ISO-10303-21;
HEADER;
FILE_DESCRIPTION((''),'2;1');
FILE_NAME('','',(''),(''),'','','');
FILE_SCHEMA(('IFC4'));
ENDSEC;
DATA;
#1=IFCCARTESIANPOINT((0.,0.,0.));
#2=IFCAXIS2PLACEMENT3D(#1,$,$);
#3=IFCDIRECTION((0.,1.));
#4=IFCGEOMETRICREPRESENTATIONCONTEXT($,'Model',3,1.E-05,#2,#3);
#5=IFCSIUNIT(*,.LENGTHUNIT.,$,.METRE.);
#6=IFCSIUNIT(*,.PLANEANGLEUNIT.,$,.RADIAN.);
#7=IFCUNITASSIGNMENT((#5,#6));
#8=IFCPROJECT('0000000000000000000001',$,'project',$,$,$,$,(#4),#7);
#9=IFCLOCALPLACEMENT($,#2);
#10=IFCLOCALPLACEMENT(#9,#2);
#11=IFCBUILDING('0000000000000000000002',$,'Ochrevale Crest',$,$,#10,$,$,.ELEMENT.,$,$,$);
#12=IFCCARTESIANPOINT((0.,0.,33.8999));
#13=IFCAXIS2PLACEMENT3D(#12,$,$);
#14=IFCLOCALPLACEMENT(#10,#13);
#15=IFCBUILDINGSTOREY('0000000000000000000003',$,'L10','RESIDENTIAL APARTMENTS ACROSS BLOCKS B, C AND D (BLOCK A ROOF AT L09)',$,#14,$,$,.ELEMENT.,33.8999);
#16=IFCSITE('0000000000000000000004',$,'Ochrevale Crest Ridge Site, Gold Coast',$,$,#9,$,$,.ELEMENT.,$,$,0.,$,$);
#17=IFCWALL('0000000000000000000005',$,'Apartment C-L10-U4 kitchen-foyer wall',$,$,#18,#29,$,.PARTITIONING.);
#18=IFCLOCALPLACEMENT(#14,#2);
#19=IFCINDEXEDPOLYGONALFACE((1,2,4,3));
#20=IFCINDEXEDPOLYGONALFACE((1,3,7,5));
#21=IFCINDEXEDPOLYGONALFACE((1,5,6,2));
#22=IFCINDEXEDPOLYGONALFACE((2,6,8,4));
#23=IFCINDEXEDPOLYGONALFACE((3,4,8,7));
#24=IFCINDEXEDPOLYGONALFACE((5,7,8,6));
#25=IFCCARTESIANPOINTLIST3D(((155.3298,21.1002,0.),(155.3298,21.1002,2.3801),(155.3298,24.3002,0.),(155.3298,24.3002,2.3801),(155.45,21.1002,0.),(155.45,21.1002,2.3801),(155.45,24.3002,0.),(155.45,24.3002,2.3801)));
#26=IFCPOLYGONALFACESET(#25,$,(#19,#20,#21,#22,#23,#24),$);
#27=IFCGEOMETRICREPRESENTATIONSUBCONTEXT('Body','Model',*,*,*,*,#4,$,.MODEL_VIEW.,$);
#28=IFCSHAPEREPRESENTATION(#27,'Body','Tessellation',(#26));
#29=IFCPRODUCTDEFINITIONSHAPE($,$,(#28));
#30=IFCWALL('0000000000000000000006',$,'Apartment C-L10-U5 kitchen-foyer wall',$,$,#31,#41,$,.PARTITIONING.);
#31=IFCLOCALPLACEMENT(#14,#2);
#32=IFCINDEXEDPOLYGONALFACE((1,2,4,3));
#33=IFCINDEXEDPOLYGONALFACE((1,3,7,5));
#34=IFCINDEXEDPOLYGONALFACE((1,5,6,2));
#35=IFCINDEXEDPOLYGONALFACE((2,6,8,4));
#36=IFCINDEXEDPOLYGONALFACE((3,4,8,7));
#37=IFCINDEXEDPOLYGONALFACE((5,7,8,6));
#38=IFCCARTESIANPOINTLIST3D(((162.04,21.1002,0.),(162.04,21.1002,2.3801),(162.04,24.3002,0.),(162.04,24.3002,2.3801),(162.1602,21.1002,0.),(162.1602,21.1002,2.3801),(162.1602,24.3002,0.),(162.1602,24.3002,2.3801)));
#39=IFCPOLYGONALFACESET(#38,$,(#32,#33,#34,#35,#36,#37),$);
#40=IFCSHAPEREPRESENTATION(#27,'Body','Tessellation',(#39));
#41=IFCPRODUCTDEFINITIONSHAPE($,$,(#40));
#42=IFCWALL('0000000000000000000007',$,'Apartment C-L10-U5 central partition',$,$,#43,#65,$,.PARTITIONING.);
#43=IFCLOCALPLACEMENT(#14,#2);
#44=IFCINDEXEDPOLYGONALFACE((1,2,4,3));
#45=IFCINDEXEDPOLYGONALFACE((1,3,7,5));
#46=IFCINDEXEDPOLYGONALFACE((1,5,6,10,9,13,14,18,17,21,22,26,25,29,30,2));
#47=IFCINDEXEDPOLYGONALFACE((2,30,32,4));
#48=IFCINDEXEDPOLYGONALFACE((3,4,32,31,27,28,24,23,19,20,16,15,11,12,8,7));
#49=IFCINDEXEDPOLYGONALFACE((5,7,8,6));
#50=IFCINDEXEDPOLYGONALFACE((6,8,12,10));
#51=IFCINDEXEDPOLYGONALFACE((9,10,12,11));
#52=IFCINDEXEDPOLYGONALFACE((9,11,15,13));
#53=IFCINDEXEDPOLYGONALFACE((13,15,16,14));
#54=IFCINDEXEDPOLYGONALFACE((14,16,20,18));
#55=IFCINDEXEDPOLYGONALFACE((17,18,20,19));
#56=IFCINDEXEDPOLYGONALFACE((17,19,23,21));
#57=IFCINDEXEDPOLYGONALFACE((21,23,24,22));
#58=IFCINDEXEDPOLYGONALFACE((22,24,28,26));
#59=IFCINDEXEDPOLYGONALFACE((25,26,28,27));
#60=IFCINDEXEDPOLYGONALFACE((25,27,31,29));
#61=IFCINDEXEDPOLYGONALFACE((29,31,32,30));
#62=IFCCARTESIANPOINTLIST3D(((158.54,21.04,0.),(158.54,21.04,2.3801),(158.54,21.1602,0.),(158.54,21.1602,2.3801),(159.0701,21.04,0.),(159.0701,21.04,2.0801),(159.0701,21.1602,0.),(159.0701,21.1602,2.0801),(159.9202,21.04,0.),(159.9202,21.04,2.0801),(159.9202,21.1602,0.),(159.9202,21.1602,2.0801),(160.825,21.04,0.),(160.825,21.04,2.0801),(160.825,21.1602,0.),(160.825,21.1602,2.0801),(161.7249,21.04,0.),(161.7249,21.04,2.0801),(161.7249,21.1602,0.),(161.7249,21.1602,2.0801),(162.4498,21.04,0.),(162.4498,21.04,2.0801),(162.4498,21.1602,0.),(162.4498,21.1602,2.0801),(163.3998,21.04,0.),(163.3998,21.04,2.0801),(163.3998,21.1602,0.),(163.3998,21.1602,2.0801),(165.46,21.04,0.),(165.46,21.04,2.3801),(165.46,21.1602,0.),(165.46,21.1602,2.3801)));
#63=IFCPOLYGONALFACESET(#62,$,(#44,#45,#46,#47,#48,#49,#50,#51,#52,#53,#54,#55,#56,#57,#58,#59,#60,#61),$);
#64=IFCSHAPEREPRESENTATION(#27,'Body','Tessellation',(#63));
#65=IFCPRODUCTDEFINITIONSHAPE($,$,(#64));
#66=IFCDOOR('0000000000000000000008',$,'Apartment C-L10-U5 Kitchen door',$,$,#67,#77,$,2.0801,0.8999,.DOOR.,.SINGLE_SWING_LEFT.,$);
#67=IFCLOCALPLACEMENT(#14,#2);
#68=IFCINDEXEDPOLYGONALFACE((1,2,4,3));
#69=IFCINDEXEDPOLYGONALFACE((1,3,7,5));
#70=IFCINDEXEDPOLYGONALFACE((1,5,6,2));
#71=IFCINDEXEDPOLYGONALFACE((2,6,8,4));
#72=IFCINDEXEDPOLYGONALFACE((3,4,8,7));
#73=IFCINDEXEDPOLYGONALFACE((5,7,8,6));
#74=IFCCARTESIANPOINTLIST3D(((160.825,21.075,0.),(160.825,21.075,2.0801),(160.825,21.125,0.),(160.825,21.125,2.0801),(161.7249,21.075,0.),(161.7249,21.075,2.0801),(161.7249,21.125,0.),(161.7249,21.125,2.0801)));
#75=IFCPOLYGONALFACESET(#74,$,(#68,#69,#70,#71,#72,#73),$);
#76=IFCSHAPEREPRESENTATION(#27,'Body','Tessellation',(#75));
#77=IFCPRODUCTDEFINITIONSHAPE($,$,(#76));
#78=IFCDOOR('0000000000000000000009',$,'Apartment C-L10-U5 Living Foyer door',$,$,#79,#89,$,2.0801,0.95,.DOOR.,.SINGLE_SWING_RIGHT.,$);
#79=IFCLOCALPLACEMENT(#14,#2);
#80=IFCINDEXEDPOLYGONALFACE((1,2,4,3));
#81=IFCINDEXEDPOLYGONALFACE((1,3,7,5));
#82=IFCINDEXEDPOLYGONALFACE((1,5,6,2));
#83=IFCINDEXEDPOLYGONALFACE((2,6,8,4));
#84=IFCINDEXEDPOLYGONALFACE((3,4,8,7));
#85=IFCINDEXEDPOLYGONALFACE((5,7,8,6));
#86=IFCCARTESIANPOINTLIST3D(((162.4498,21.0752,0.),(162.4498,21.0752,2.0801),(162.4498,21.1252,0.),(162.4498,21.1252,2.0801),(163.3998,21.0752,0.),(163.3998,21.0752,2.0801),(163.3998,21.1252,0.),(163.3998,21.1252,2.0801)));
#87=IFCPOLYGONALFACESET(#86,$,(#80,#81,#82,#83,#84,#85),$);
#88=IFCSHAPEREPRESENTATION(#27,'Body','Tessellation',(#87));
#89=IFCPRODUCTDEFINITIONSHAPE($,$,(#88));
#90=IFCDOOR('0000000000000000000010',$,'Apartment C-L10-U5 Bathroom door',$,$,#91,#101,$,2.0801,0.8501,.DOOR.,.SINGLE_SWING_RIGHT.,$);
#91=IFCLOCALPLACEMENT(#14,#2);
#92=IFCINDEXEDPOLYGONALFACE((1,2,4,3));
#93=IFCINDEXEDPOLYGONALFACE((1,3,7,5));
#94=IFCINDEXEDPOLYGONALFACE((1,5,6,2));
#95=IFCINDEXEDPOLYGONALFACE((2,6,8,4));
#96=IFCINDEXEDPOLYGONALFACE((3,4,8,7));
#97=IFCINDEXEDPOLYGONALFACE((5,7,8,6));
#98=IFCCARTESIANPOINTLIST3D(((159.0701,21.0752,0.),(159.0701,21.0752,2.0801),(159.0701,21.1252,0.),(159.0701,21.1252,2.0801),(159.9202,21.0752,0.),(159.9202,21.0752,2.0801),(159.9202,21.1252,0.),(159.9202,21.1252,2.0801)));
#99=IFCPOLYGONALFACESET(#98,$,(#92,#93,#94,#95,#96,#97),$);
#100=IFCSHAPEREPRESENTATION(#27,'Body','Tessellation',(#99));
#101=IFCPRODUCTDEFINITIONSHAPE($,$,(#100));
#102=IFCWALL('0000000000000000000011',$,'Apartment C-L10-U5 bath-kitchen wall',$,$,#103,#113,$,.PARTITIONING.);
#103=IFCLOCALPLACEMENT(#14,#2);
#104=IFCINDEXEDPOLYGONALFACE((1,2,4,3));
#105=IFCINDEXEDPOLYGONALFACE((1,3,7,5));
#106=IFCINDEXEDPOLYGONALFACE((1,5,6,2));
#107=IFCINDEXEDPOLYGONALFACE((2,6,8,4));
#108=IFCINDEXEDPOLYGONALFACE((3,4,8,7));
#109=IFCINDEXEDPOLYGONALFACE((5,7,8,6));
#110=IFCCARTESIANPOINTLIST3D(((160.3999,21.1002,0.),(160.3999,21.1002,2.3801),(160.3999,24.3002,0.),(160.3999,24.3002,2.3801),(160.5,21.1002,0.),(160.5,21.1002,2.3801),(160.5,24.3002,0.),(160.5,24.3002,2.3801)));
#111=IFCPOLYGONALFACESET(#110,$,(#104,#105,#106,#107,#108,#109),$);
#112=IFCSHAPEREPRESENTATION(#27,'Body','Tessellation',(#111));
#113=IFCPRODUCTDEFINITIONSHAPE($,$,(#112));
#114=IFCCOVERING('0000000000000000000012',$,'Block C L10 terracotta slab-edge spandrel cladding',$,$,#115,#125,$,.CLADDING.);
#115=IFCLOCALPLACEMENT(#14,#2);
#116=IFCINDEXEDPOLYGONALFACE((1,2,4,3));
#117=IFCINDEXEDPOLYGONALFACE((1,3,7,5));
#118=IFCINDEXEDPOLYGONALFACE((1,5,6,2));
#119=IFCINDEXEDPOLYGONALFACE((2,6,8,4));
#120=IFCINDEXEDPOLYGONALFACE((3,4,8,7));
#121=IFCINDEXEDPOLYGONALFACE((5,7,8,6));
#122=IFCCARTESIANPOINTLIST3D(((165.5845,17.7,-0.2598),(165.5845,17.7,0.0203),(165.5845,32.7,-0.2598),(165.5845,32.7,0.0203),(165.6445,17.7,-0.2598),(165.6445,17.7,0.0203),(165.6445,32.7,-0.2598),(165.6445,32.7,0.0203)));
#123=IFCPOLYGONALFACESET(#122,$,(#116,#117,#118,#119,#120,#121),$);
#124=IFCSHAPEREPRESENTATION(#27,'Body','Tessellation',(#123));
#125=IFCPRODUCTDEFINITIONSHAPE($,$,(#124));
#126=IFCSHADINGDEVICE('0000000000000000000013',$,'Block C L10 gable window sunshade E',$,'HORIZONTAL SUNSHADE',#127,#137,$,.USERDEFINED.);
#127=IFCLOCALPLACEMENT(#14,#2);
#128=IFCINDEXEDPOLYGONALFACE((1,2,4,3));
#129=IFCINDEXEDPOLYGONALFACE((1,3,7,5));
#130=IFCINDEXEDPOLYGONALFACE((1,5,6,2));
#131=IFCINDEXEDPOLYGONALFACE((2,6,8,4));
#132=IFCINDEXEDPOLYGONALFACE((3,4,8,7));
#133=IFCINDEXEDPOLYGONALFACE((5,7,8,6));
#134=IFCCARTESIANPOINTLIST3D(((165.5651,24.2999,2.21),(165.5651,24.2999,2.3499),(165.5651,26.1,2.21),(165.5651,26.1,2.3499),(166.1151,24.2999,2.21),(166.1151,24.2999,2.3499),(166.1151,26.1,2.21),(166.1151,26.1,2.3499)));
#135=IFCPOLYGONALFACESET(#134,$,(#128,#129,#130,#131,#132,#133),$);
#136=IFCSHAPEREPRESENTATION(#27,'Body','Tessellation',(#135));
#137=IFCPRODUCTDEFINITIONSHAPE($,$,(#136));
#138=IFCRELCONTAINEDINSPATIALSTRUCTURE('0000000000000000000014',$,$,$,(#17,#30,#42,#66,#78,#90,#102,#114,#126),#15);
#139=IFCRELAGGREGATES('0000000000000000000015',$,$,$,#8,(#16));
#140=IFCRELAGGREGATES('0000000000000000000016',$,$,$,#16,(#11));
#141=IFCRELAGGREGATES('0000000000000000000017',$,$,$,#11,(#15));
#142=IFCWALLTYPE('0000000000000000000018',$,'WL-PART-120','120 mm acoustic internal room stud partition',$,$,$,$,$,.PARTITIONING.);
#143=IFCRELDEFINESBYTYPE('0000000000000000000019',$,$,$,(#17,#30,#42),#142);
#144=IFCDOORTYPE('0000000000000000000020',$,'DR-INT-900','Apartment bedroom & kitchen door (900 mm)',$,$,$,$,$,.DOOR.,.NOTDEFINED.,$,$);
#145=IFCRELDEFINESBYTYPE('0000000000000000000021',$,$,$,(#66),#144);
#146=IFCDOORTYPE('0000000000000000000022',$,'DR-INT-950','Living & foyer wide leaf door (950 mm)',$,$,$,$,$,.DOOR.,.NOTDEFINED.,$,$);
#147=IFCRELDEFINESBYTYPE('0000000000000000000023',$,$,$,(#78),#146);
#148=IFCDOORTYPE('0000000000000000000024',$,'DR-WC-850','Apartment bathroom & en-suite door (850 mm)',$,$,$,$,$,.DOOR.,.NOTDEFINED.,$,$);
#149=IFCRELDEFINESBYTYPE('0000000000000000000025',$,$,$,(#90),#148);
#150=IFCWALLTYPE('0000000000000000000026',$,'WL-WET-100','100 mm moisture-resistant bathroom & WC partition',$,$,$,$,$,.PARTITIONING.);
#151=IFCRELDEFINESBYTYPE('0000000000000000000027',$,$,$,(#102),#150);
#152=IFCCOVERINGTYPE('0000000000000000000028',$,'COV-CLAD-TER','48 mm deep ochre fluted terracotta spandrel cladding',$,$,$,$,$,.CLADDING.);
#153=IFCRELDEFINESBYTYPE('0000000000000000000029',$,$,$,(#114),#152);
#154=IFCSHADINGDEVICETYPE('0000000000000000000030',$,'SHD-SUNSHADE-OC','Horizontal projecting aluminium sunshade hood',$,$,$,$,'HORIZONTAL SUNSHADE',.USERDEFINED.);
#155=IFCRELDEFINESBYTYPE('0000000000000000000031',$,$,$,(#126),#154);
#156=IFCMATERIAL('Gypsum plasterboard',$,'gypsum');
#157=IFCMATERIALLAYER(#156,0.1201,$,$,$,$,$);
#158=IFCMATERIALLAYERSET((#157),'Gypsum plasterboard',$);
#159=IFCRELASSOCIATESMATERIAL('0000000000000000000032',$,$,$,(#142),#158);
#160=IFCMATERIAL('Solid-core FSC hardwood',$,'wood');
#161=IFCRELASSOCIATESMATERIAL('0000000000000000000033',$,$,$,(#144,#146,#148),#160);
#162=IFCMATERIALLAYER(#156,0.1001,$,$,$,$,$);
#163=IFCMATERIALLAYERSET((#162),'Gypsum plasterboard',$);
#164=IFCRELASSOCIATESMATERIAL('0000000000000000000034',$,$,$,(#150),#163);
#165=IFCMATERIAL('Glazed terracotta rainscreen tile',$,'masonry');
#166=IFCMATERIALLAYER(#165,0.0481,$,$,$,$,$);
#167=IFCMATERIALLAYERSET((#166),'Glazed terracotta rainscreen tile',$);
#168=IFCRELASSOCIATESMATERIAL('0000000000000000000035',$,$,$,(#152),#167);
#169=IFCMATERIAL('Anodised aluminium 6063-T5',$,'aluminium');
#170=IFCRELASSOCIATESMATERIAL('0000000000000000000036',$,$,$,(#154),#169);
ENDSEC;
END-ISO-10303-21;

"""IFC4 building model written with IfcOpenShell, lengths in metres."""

from ifc_helpers import new_model, si_unit, direction, frame, frame_2d, origin, origin_2d, place, context, subcontext, project, spatial, rectangle, extrude, material, layer, layer_set, type_object, element, fill, save


model = new_model("IFC4")

# Units and contexts
model_context = context("Model", 3, precision=1e-05, world=origin(), true_north=direction((0.0, 1.0)))
body_context = subcontext(model_context, "Body", "Model", "MODEL_VIEW")
ifc_project = project(units=[si_unit("LENGTHUNIT", "METRE"), si_unit("PLANEANGLEUNIT", "RADIAN")], contexts=[model_context])

# Site, building, storey
site_placement = place(None, origin())
site = spatial("IfcSite", under=ifc_project, at=site_placement, Name="Ochrevale Crest Ridge Site, Gold Coast", CompositionType="ELEMENT", RefElevation=0.0)
building_placement = place(site_placement, origin())
building = spatial("IfcBuilding", under=site, at=building_placement, Name="Ochrevale Crest", CompositionType="ELEMENT")
storey_placement = place(building_placement, frame((0.0, 0.0, 33.8999)))
storey = spatial("IfcBuildingStorey", under=building, at=storey_placement, Name="L10", Description="RESIDENTIAL APARTMENTS ACROSS BLOCKS B, C AND D (BLOCK A ROOF AT L09)", CompositionType="ELEMENT", Elevation=33.8999)

# Shared definitions
ifc_material_1 = material(Name="Anodised aluminium 6063-T5", Category="aluminium")

# Shared definitions
ifc_material_2 = material(Name="Gypsum plasterboard", Category="gypsum")
ifc_material_3 = material(Name="Solid-core FSC hardwood", Category="wood")

# Walls
ifc_layer_1 = layer(ifc_material_2, 0.1201)
ifc_layer_set_1 = layer_set([ifc_layer_1], Name="Gypsum plasterboard")
wall_type_1 = type_object("IfcWallType", Name="WL-PART-120", Description="120 mm acoustic internal room stud partition", PredefinedType="PARTITIONING", material=ifc_layer_set_1)
for number, where, z_axis, x_axis, name in (
    (1, (155.3899, 21.1001, 0.0), (0.0, 0.0, 1.0), (0.0, 1.0, 0.0), "Apartment C-L10-U4 kitchen-foyer wall"),
    (2, (162.1001, 21.1001, 0.0), (0.0, 0.0, 1.0), (0.0, 1.0, 0.0), "Apartment C-L10-U5 kitchen-foyer wall"),
):
    element("IfcWall", number, at=place(storey_placement, frame(where, z_axis=z_axis, x_axis=x_axis)), inside=storey, type_object=wall_type_1, Name=name, PredefinedType="PARTITIONING", context=body_context, shape_type="SweptSolid", body=[
        extrude(rectangle(XDim=3.2, YDim=0.1201, at=frame_2d((1.6001, 0.0))), origin(), (0.0, 0.0, 1.0), 2.3801),
    ])

# Wall, openings, doors
wall_1_placement = place(storey_placement, frame((158.54, 21.1001, 0.0), z_axis=(0.0, 0.0, 1.0), x_axis=(1.0, 0.0, 0.0)))
wall_1 = element("IfcWall", 3, at=wall_1_placement, inside=storey, type_object=wall_type_1, Name="Apartment C-L10-U5 central partition", PredefinedType="PARTITIONING", context=body_context, shape_type="SweptSolid", body=[
    extrude(rectangle(XDim=6.9199, YDim=0.1201, at=frame_2d((3.46, 0.0))), origin(), (0.0, 0.0, 1.0), 2.3801),
])
opening_1_placement = place(wall_1_placement, frame((1.3801, 0.0, 0.0), z_axis=(0.0, 0.0, 1.0), x_axis=(-1.0, 0.0, 0.0)))
opening_1 = element("IfcOpeningElement", 4, at=opening_1_placement, cuts=wall_1, PredefinedType="OPENING", context=body_context, shape_type="SweptSolid", body=[
    extrude(rectangle(XDim=0.8501, YDim=2.0801, at=frame_2d((0.425, 1.04))), frame((0.0, 0.0701, 0.0), z_axis=(0.0, -1.0, 0.0), x_axis=(1.0, 0.0, 0.0)), (0.0, 0.0, 1.0), 0.1401),
])
opening_2_placement = place(wall_1_placement, frame((2.2849, 0.0, 0.0)))
opening_2 = element("IfcOpeningElement", 5, at=opening_2_placement, cuts=wall_1, PredefinedType="OPENING", context=body_context, shape_type="SweptSolid", body=[
    extrude(rectangle(XDim=0.8999, YDim=2.0801, at=frame_2d((0.45, 1.04))), frame((0.0, 0.0701, 0.0), z_axis=(0.0, -1.0, 0.0), x_axis=(1.0, 0.0, 0.0)), (0.0, 0.0, 1.0), 0.1401),
])
opening_3_placement = place(wall_1_placement, frame((4.8599, 0.0, 0.0), z_axis=(0.0, 0.0, 1.0), x_axis=(-1.0, 0.0, 0.0)))
opening_3 = element("IfcOpeningElement", 6, at=opening_3_placement, cuts=wall_1, PredefinedType="OPENING", context=body_context, shape_type="SweptSolid", body=[
    extrude(rectangle(XDim=0.95, YDim=2.0801, at=frame_2d((0.4751, 1.04))), frame((0.0, 0.0701, 0.0), z_axis=(0.0, -1.0, 0.0), x_axis=(1.0, 0.0, 0.0)), (0.0, 0.0, 1.0), 0.1401),
])
door_type_1 = type_object("IfcDoorType", Name="DR-INT-900", Description="Apartment bedroom & kitchen door (900 mm)", OperationType="NOTDEFINED", PredefinedType="DOOR", material=ifc_material_3)
door_1_placement = place(opening_2_placement, origin())
door_1 = element("IfcDoor", 7, at=door_1_placement, inside=storey, type_object=door_type_1, Name="Apartment C-L10-U5 Kitchen door", OperationType="SINGLE_SWING_LEFT", OverallHeight=2.0801, OverallWidth=0.8999, PredefinedType="DOOR", context=body_context, shape_type="SweptSolid", body=[
    extrude(rectangle(XDim=0.8999, YDim=2.0801, at=frame_2d((0.45, 1.04))), frame((0.0, 0.0249, 0.0), z_axis=(0.0, -1.0, 0.0), x_axis=(1.0, 0.0, 0.0)), (0.0, 0.0, 1.0), 0.05),
])
fill(opening_2, door_1)
door_type_2 = type_object("IfcDoorType", Name="DR-INT-950", Description="Living & foyer wide leaf door (950 mm)", OperationType="NOTDEFINED", PredefinedType="DOOR", material=ifc_material_3)
door_2_placement = place(opening_3_placement, origin())
door_2 = element("IfcDoor", 8, at=door_2_placement, inside=storey, type_object=door_type_2, Name="Apartment C-L10-U5 Living Foyer door", OperationType="SINGLE_SWING_RIGHT", OverallHeight=2.0801, OverallWidth=0.95, PredefinedType="DOOR", context=body_context, shape_type="SweptSolid", body=[
    extrude(rectangle(XDim=0.95, YDim=2.0801, at=frame_2d((0.4751, 1.04))), frame((0.0, 0.0249, 0.0), z_axis=(0.0, -1.0, 0.0), x_axis=(1.0, 0.0, 0.0)), (0.0, 0.0, 1.0), 0.05),
])
fill(opening_3, door_2)
door_type_3 = type_object("IfcDoorType", Name="DR-WC-850", Description="Apartment bathroom & en-suite door (850 mm)", OperationType="NOTDEFINED", PredefinedType="DOOR", material=ifc_material_3)
door_3_placement = place(opening_1_placement, origin())
door_3 = element("IfcDoor", 9, at=door_3_placement, inside=storey, type_object=door_type_3, Name="Apartment C-L10-U5 Bathroom door", OperationType="SINGLE_SWING_RIGHT", OverallHeight=2.0801, OverallWidth=0.8501, PredefinedType="DOOR", context=body_context, shape_type="SweptSolid", body=[
    extrude(rectangle(XDim=0.8501, YDim=2.0801, at=frame_2d((0.425, 1.04))), frame((0.0, 0.0249, 0.0), z_axis=(0.0, -1.0, 0.0), x_axis=(1.0, 0.0, 0.0)), (0.0, 0.0, 1.0), 0.05),
])
fill(opening_1, door_3)

# Wall
ifc_layer_2 = layer(ifc_material_2, 0.1001)
ifc_layer_set_2 = layer_set([ifc_layer_2], Name="Gypsum plasterboard")
wall_type_2 = type_object("IfcWallType", Name="WL-WET-100", Description="100 mm moisture-resistant bathroom & WC partition", PredefinedType="PARTITIONING", material=ifc_layer_set_2)
wall_2_placement = place(storey_placement, frame((160.45, 21.1001, 0.0), z_axis=(0.0, 0.0, 1.0), x_axis=(0.0, 1.0, 0.0)))
element("IfcWall", 10, at=wall_2_placement, inside=storey, type_object=wall_type_2, Name="Apartment C-L10-U5 bath-kitchen wall", PredefinedType="PARTITIONING", context=body_context, shape_type="SweptSolid", body=[
    extrude(rectangle(XDim=3.2, YDim=0.1001, at=frame_2d((1.6001, 0.0))), origin(), (0.0, 0.0, 1.0), 2.3801),
])

# Covering
ifc_material_4 = material(Name="Glazed terracotta rainscreen tile", Category="masonry")
ifc_layer_3 = layer(ifc_material_4, 0.0481)
ifc_layer_set_3 = layer_set([ifc_layer_3], Name="Glazed terracotta rainscreen tile")
covering_type = type_object("IfcCoveringType", Name="COV-CLAD-TER", Description="48 mm deep ochre fluted terracotta spandrel cladding", PredefinedType="CLADDING", material=ifc_layer_set_3)
covering_placement = place(storey_placement, frame((165.6145, 25.2, -0.2598), z_axis=(0.0, 0.0, 1.0), x_axis=(0.0, 1.0, 0.0)))
element("IfcCovering", 11, at=covering_placement, inside=storey, type_object=covering_type, Name="Block C L10 terracotta slab-edge spandrel cladding", PredefinedType="CLADDING", context=body_context, shape_type="SweptSolid", body=[
    extrude(rectangle(XDim=15.0, YDim=0.0601, at=origin_2d()), origin(), (0.0, 0.0, 1.0), 0.28),
])

# Shading device
shading_device_type = type_object("IfcShadingDeviceType", Name="SHD-SUNSHADE-OC", Description="Horizontal projecting aluminium sunshade hood", ElementType="HORIZONTAL SUNSHADE", PredefinedType="USERDEFINED", material=ifc_material_1)
shading_device_placement = place(storey_placement, frame((165.8401, 25.2, 2.21), z_axis=(0.0, 0.0, 1.0), x_axis=(1.0, 0.0, 0.0)))
element("IfcShadingDevice", 12, at=shading_device_placement, inside=storey, type_object=shading_device_type, Name="Block C L10 gable window sunshade E", ObjectType="HORIZONTAL SUNSHADE", PredefinedType="USERDEFINED", context=body_context, shape_type="SweptSolid", body=[
    extrude(rectangle(XDim=0.55, YDim=1.8, at=origin_2d()), origin(), (0.0, 0.0, 1.0), 0.1399),
])

save(model, "model.ifc")
